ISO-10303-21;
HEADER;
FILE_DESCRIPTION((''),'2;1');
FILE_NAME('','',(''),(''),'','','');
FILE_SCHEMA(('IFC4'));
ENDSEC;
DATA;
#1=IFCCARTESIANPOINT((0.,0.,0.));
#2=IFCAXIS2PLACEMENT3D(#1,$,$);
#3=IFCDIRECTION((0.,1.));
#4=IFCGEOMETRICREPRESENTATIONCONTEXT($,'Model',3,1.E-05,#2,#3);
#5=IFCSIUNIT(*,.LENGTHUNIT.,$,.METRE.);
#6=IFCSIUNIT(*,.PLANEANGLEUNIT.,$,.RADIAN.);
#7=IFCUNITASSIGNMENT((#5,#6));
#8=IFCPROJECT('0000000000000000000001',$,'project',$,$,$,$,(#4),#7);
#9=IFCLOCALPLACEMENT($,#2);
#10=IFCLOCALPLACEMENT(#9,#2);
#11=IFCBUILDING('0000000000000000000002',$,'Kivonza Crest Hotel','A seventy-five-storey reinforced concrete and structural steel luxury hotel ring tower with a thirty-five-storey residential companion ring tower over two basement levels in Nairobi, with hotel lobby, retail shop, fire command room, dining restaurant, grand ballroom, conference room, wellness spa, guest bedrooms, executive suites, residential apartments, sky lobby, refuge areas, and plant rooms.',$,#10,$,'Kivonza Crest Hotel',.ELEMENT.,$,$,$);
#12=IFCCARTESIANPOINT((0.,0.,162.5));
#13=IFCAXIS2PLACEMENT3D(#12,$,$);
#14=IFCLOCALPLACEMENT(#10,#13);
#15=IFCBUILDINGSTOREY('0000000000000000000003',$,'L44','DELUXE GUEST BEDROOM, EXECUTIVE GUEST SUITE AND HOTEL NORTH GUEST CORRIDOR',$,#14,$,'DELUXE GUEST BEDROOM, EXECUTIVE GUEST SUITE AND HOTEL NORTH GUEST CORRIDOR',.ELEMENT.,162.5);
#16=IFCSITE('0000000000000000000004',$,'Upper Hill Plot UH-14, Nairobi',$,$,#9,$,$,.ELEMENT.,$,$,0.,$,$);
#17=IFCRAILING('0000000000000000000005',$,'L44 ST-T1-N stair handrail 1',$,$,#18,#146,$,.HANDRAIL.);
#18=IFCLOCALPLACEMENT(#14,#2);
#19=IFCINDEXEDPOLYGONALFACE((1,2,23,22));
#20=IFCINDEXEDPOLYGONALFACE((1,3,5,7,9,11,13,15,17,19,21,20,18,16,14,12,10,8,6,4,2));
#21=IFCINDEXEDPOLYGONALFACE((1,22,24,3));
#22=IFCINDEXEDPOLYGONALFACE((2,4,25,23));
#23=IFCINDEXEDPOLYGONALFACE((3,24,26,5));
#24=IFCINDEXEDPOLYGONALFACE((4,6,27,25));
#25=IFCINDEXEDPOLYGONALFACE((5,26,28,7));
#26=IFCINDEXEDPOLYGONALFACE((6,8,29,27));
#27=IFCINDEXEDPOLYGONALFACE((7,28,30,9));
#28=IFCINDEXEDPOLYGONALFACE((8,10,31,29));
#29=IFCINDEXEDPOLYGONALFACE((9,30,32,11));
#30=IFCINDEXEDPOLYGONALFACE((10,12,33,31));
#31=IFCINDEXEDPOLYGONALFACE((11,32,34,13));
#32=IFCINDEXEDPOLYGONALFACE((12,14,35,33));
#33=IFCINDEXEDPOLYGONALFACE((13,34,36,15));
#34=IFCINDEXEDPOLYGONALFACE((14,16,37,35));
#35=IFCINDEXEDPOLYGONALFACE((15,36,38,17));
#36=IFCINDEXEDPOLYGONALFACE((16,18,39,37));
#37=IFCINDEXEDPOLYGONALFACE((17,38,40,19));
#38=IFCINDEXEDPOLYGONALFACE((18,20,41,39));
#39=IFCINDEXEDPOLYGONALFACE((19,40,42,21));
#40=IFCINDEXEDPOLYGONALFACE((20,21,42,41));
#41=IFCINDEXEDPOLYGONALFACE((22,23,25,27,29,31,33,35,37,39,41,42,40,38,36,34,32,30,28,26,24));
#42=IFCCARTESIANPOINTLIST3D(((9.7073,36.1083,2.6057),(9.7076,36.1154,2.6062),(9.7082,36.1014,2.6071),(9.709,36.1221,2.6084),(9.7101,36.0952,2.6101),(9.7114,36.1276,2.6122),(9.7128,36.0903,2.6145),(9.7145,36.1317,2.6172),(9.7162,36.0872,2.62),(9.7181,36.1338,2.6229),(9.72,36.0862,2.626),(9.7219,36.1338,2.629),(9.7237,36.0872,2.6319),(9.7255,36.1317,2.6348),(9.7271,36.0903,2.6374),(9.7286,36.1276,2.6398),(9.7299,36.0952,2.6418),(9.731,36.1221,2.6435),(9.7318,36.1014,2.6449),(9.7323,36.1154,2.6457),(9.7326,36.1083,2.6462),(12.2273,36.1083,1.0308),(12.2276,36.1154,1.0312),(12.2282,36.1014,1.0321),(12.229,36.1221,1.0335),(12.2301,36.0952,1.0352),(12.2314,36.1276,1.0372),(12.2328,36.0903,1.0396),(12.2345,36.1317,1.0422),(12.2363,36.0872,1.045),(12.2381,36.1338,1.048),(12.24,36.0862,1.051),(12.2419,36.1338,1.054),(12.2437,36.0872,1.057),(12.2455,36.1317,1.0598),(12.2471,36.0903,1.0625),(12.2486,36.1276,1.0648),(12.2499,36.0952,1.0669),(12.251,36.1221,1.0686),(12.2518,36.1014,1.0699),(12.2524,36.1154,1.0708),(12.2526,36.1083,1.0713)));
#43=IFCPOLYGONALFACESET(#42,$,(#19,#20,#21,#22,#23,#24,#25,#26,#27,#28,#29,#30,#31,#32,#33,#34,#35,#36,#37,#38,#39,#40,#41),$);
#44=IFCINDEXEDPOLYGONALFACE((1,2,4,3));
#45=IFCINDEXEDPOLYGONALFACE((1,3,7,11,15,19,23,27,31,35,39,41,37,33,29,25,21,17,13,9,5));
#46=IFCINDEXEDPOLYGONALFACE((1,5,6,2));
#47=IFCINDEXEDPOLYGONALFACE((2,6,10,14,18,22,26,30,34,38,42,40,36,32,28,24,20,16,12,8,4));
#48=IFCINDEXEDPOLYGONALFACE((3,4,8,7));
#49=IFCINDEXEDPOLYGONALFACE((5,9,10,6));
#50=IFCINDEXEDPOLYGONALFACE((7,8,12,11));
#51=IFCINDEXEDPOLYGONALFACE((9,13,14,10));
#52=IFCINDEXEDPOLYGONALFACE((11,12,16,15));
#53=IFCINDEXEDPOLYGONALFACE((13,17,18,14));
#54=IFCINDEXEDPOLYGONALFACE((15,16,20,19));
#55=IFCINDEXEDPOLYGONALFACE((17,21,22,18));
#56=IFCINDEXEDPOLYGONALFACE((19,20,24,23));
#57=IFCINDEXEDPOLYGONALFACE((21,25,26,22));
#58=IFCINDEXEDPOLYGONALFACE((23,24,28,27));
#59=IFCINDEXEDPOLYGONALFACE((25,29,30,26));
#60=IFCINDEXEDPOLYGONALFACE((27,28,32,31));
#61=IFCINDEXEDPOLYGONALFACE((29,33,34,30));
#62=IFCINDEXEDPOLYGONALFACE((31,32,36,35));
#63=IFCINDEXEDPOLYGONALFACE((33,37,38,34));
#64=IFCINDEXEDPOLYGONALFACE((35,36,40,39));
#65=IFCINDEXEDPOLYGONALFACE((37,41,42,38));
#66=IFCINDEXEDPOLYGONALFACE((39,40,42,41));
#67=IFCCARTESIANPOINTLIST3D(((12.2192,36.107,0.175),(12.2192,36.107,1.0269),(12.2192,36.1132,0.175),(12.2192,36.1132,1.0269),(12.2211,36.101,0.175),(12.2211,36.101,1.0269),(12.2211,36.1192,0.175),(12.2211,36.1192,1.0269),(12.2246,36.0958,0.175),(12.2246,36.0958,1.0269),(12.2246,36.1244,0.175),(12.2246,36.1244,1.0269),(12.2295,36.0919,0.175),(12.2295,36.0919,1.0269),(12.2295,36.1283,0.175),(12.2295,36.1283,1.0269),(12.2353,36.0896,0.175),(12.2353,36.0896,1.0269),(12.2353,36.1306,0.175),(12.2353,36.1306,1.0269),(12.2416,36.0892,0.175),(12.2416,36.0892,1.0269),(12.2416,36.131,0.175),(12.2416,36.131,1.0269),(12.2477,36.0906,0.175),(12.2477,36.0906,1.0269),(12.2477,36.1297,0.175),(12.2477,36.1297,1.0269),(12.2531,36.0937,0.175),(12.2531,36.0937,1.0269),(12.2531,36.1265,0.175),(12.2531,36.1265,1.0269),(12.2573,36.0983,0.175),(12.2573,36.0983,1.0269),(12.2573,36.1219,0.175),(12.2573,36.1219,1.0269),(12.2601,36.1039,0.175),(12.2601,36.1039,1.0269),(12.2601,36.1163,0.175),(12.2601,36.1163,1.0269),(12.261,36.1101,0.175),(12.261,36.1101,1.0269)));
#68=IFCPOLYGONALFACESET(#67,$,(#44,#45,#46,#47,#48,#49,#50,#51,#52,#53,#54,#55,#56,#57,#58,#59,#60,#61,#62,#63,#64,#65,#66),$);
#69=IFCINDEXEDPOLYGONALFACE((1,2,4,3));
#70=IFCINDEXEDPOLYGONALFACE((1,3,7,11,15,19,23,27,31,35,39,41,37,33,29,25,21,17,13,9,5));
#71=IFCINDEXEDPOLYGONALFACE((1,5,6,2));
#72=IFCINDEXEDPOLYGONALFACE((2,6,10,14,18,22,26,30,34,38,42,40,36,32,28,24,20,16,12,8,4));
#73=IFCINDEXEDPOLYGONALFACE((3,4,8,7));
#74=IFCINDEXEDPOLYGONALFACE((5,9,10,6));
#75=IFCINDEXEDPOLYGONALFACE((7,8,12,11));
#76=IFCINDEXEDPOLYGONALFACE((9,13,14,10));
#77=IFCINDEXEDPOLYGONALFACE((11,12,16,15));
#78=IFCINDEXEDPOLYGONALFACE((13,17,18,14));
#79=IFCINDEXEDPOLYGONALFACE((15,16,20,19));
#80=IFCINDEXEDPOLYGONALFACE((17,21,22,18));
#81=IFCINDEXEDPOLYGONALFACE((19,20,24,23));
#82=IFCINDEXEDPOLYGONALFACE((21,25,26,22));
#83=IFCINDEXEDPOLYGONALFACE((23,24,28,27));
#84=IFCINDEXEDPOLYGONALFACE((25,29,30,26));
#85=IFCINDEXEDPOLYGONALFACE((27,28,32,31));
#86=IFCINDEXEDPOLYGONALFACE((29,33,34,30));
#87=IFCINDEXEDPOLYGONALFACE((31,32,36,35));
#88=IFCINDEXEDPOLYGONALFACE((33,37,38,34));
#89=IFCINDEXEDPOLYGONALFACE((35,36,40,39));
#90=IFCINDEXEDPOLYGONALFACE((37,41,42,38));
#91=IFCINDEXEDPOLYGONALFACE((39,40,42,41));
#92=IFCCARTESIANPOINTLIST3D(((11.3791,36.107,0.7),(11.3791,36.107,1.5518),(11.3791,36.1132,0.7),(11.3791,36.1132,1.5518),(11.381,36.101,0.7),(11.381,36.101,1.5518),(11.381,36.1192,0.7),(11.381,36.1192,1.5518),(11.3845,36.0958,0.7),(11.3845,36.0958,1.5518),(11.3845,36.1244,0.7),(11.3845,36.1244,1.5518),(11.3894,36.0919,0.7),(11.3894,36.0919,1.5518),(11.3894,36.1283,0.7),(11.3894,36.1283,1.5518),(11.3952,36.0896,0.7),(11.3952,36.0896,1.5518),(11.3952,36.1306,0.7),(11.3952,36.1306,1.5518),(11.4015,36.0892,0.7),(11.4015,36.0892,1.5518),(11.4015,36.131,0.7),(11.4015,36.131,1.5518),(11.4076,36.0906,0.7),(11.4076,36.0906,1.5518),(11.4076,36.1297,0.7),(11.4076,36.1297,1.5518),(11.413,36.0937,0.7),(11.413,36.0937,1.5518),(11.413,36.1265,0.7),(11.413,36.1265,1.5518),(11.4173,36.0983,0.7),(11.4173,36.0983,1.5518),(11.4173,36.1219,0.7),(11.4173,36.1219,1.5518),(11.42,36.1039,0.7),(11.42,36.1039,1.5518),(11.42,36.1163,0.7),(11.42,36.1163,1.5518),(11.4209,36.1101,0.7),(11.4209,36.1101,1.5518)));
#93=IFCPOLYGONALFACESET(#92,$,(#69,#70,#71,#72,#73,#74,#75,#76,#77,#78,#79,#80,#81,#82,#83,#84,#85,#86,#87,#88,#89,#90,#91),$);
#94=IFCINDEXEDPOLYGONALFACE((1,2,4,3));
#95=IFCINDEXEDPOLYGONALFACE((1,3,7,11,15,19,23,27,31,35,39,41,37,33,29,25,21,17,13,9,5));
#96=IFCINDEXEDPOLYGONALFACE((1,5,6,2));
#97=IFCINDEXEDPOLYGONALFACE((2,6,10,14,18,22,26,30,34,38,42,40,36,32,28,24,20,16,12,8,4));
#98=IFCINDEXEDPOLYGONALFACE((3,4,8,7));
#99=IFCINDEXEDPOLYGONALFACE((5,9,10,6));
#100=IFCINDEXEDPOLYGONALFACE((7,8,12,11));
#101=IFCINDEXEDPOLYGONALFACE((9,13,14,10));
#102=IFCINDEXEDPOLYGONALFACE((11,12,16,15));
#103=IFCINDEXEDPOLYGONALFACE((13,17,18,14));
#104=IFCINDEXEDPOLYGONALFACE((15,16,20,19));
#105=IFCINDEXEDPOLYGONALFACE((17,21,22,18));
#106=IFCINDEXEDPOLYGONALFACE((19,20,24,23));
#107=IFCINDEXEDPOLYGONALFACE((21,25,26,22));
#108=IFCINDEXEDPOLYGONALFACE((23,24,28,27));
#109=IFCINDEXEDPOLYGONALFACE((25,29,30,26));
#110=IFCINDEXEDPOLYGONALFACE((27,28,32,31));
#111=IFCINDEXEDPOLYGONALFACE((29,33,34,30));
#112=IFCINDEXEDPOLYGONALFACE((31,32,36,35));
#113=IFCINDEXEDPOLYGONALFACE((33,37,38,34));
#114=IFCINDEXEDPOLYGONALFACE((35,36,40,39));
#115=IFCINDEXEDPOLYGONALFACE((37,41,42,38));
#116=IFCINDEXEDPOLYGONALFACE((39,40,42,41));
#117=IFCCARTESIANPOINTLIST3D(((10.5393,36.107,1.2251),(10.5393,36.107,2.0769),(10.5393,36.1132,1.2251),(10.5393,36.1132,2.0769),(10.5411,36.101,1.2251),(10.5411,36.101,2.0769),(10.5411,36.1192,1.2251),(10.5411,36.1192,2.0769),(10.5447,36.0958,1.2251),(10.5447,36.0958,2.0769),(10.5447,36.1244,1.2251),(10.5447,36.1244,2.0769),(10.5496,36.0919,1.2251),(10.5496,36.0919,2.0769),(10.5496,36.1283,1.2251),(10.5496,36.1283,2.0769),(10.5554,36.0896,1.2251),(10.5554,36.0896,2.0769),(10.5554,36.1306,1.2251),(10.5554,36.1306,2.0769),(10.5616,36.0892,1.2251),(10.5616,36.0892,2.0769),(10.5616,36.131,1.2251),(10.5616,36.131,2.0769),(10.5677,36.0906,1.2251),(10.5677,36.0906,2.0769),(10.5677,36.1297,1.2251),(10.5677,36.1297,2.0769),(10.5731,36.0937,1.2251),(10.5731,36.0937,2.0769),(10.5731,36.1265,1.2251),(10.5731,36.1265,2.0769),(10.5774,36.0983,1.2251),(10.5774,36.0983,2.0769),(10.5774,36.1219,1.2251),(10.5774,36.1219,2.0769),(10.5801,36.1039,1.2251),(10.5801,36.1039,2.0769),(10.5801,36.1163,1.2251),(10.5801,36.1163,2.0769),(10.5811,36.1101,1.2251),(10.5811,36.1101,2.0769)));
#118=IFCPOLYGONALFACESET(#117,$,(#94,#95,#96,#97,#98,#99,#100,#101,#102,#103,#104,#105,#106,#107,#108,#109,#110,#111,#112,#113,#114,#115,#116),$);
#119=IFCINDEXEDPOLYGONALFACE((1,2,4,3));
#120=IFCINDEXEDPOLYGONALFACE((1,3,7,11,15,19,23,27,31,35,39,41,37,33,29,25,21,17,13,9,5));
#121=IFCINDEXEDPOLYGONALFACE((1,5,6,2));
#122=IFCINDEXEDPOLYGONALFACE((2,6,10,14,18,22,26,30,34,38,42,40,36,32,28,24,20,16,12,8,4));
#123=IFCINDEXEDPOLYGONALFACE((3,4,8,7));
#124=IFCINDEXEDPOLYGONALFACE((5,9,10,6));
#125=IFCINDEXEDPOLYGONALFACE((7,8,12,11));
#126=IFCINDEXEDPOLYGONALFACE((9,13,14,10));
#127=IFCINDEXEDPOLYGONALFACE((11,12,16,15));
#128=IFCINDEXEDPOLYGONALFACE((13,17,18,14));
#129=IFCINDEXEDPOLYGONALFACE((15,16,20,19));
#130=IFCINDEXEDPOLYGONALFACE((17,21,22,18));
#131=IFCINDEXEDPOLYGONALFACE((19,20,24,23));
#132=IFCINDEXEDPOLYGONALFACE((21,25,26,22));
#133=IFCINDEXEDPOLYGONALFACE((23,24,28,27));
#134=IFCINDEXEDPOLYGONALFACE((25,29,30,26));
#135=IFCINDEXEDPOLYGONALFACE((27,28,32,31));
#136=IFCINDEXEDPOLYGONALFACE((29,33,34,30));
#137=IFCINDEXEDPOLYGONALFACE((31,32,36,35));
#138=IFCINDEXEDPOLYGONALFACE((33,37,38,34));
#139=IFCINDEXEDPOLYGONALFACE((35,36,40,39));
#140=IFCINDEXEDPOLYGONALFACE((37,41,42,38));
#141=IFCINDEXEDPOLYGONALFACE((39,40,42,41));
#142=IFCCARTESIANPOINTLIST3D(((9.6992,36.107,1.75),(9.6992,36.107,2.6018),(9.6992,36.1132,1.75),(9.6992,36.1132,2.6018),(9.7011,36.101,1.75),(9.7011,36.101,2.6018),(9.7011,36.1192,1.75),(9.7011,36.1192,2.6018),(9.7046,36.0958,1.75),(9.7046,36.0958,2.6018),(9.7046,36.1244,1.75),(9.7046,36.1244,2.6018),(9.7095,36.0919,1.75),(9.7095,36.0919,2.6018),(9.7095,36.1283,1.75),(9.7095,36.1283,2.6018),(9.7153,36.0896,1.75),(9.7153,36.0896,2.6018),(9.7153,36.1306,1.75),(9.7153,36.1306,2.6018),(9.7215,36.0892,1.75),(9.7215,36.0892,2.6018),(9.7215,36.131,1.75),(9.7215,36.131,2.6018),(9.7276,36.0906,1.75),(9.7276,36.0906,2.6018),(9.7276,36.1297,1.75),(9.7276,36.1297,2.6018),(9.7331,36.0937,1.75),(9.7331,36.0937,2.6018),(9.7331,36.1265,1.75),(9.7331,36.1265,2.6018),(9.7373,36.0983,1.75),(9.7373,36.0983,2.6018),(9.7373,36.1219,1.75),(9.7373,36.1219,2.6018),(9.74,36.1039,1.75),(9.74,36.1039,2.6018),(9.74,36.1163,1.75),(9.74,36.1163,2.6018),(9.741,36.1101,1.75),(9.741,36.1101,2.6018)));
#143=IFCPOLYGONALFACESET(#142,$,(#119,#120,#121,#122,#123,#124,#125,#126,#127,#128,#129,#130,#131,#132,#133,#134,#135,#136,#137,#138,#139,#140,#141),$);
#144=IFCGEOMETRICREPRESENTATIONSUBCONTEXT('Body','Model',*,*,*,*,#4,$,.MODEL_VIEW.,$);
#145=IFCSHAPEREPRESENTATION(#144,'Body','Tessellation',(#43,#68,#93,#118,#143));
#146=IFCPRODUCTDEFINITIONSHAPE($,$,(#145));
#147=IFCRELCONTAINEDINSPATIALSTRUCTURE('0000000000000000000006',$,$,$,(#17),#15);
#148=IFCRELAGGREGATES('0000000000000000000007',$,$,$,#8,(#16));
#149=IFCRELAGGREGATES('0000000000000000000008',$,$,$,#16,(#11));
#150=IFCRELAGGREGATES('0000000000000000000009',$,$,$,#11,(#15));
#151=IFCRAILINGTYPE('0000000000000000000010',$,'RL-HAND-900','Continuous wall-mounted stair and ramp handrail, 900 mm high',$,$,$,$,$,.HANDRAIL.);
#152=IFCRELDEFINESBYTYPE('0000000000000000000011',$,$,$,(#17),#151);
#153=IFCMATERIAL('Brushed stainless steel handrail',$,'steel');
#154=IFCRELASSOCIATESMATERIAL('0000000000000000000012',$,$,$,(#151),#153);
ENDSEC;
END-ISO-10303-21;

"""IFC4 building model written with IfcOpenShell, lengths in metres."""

from ifc_helpers import new_model, si_unit, direction, frame, origin, origin_2d, place, context, subcontext, project, spatial, circle, extrude, material, type_object, element, save


model = new_model("IFC4")

# Units and contexts
model_context = context("Model", 3, precision=1e-05, world=origin(), true_north=direction((0.0, 1.0)))
body_context = subcontext(model_context, "Body", "Model", "MODEL_VIEW")
ifc_project = project(units=[si_unit("LENGTHUNIT", "METRE"), si_unit("PLANEANGLEUNIT", "RADIAN")], contexts=[model_context])

# Site, building, storey
site_placement = place(None, origin())
site = spatial("IfcSite", under=ifc_project, at=site_placement, Name="Upper Hill Plot UH-14, Nairobi", CompositionType="ELEMENT", RefElevation=0.0)
building_placement = place(site_placement, origin())
building = spatial("IfcBuilding", under=site, at=building_placement, Name="Kivonza Crest Hotel", Description="A seventy-five-storey reinforced concrete and structural steel luxury hotel ring tower with a thirty-five-storey residential companion ring tower over two basement levels in Nairobi, with hotel lobby, retail shop, fire command room, dining restaurant, grand ballroom, conference room, wellness spa, guest bedrooms, executive suites, residential apartments, sky lobby, refuge areas, and plant rooms.", LongName="Kivonza Crest Hotel", CompositionType="ELEMENT")
storey_placement = place(building_placement, frame((0.0, 0.0, 162.5)))
storey = spatial("IfcBuildingStorey", under=building, at=storey_placement, Name="L44", Description="DELUXE GUEST BEDROOM, EXECUTIVE GUEST SUITE AND HOTEL NORTH GUEST CORRIDOR", LongName="DELUXE GUEST BEDROOM, EXECUTIVE GUEST SUITE AND HOTEL NORTH GUEST CORRIDOR", CompositionType="ELEMENT", Elevation=162.5)

# Railing
ifc_material_1 = material(Name="Brushed stainless steel handrail", Category="steel")
railing_type_1 = type_object("IfcRailingType", Name="RL-HAND-900", Description="Continuous wall-mounted stair and ramp handrail, 900 mm high", PredefinedType="HANDRAIL", material=ifc_material_1)
railing_1_placement = place(storey_placement, frame((12.24, 36.1101, 0.175)))
element("IfcRailing", 1, at=railing_1_placement, inside=storey, type_object=railing_type_1, Name="L44 ST-T1-N stair handrail 1", PredefinedType="HANDRAIL", context=body_context, shape_type="SweptSolid", body=[
    extrude(circle(Radius=0.0239, at=origin_2d()), frame((0.0, 0.0, 0.876), z_axis=(-0.848008, 0.0, 0.529984), x_axis=(0.0, -1.0, 0.0)), (0.0, 0.0, 1.0), 2.9717),
    extrude(circle(Radius=0.021, at=origin_2d()), origin(), (0.0, 0.0, 1.0), 0.8518),
    extrude(circle(Radius=0.021, at=origin_2d()), frame((-0.8401, 0.0, 0.5249)), (0.0, 0.0, 1.0), 0.8518),
    extrude(circle(Radius=0.021, at=origin_2d()), frame((-1.6799, 0.0, 1.05)), (0.0, 0.0, 1.0), 0.8518),
    extrude(circle(Radius=0.021, at=origin_2d()), frame((-2.52, 0.0, 1.575)), (0.0, 0.0, 1.0), 0.8518),
])

save(model, "model.ifc")
